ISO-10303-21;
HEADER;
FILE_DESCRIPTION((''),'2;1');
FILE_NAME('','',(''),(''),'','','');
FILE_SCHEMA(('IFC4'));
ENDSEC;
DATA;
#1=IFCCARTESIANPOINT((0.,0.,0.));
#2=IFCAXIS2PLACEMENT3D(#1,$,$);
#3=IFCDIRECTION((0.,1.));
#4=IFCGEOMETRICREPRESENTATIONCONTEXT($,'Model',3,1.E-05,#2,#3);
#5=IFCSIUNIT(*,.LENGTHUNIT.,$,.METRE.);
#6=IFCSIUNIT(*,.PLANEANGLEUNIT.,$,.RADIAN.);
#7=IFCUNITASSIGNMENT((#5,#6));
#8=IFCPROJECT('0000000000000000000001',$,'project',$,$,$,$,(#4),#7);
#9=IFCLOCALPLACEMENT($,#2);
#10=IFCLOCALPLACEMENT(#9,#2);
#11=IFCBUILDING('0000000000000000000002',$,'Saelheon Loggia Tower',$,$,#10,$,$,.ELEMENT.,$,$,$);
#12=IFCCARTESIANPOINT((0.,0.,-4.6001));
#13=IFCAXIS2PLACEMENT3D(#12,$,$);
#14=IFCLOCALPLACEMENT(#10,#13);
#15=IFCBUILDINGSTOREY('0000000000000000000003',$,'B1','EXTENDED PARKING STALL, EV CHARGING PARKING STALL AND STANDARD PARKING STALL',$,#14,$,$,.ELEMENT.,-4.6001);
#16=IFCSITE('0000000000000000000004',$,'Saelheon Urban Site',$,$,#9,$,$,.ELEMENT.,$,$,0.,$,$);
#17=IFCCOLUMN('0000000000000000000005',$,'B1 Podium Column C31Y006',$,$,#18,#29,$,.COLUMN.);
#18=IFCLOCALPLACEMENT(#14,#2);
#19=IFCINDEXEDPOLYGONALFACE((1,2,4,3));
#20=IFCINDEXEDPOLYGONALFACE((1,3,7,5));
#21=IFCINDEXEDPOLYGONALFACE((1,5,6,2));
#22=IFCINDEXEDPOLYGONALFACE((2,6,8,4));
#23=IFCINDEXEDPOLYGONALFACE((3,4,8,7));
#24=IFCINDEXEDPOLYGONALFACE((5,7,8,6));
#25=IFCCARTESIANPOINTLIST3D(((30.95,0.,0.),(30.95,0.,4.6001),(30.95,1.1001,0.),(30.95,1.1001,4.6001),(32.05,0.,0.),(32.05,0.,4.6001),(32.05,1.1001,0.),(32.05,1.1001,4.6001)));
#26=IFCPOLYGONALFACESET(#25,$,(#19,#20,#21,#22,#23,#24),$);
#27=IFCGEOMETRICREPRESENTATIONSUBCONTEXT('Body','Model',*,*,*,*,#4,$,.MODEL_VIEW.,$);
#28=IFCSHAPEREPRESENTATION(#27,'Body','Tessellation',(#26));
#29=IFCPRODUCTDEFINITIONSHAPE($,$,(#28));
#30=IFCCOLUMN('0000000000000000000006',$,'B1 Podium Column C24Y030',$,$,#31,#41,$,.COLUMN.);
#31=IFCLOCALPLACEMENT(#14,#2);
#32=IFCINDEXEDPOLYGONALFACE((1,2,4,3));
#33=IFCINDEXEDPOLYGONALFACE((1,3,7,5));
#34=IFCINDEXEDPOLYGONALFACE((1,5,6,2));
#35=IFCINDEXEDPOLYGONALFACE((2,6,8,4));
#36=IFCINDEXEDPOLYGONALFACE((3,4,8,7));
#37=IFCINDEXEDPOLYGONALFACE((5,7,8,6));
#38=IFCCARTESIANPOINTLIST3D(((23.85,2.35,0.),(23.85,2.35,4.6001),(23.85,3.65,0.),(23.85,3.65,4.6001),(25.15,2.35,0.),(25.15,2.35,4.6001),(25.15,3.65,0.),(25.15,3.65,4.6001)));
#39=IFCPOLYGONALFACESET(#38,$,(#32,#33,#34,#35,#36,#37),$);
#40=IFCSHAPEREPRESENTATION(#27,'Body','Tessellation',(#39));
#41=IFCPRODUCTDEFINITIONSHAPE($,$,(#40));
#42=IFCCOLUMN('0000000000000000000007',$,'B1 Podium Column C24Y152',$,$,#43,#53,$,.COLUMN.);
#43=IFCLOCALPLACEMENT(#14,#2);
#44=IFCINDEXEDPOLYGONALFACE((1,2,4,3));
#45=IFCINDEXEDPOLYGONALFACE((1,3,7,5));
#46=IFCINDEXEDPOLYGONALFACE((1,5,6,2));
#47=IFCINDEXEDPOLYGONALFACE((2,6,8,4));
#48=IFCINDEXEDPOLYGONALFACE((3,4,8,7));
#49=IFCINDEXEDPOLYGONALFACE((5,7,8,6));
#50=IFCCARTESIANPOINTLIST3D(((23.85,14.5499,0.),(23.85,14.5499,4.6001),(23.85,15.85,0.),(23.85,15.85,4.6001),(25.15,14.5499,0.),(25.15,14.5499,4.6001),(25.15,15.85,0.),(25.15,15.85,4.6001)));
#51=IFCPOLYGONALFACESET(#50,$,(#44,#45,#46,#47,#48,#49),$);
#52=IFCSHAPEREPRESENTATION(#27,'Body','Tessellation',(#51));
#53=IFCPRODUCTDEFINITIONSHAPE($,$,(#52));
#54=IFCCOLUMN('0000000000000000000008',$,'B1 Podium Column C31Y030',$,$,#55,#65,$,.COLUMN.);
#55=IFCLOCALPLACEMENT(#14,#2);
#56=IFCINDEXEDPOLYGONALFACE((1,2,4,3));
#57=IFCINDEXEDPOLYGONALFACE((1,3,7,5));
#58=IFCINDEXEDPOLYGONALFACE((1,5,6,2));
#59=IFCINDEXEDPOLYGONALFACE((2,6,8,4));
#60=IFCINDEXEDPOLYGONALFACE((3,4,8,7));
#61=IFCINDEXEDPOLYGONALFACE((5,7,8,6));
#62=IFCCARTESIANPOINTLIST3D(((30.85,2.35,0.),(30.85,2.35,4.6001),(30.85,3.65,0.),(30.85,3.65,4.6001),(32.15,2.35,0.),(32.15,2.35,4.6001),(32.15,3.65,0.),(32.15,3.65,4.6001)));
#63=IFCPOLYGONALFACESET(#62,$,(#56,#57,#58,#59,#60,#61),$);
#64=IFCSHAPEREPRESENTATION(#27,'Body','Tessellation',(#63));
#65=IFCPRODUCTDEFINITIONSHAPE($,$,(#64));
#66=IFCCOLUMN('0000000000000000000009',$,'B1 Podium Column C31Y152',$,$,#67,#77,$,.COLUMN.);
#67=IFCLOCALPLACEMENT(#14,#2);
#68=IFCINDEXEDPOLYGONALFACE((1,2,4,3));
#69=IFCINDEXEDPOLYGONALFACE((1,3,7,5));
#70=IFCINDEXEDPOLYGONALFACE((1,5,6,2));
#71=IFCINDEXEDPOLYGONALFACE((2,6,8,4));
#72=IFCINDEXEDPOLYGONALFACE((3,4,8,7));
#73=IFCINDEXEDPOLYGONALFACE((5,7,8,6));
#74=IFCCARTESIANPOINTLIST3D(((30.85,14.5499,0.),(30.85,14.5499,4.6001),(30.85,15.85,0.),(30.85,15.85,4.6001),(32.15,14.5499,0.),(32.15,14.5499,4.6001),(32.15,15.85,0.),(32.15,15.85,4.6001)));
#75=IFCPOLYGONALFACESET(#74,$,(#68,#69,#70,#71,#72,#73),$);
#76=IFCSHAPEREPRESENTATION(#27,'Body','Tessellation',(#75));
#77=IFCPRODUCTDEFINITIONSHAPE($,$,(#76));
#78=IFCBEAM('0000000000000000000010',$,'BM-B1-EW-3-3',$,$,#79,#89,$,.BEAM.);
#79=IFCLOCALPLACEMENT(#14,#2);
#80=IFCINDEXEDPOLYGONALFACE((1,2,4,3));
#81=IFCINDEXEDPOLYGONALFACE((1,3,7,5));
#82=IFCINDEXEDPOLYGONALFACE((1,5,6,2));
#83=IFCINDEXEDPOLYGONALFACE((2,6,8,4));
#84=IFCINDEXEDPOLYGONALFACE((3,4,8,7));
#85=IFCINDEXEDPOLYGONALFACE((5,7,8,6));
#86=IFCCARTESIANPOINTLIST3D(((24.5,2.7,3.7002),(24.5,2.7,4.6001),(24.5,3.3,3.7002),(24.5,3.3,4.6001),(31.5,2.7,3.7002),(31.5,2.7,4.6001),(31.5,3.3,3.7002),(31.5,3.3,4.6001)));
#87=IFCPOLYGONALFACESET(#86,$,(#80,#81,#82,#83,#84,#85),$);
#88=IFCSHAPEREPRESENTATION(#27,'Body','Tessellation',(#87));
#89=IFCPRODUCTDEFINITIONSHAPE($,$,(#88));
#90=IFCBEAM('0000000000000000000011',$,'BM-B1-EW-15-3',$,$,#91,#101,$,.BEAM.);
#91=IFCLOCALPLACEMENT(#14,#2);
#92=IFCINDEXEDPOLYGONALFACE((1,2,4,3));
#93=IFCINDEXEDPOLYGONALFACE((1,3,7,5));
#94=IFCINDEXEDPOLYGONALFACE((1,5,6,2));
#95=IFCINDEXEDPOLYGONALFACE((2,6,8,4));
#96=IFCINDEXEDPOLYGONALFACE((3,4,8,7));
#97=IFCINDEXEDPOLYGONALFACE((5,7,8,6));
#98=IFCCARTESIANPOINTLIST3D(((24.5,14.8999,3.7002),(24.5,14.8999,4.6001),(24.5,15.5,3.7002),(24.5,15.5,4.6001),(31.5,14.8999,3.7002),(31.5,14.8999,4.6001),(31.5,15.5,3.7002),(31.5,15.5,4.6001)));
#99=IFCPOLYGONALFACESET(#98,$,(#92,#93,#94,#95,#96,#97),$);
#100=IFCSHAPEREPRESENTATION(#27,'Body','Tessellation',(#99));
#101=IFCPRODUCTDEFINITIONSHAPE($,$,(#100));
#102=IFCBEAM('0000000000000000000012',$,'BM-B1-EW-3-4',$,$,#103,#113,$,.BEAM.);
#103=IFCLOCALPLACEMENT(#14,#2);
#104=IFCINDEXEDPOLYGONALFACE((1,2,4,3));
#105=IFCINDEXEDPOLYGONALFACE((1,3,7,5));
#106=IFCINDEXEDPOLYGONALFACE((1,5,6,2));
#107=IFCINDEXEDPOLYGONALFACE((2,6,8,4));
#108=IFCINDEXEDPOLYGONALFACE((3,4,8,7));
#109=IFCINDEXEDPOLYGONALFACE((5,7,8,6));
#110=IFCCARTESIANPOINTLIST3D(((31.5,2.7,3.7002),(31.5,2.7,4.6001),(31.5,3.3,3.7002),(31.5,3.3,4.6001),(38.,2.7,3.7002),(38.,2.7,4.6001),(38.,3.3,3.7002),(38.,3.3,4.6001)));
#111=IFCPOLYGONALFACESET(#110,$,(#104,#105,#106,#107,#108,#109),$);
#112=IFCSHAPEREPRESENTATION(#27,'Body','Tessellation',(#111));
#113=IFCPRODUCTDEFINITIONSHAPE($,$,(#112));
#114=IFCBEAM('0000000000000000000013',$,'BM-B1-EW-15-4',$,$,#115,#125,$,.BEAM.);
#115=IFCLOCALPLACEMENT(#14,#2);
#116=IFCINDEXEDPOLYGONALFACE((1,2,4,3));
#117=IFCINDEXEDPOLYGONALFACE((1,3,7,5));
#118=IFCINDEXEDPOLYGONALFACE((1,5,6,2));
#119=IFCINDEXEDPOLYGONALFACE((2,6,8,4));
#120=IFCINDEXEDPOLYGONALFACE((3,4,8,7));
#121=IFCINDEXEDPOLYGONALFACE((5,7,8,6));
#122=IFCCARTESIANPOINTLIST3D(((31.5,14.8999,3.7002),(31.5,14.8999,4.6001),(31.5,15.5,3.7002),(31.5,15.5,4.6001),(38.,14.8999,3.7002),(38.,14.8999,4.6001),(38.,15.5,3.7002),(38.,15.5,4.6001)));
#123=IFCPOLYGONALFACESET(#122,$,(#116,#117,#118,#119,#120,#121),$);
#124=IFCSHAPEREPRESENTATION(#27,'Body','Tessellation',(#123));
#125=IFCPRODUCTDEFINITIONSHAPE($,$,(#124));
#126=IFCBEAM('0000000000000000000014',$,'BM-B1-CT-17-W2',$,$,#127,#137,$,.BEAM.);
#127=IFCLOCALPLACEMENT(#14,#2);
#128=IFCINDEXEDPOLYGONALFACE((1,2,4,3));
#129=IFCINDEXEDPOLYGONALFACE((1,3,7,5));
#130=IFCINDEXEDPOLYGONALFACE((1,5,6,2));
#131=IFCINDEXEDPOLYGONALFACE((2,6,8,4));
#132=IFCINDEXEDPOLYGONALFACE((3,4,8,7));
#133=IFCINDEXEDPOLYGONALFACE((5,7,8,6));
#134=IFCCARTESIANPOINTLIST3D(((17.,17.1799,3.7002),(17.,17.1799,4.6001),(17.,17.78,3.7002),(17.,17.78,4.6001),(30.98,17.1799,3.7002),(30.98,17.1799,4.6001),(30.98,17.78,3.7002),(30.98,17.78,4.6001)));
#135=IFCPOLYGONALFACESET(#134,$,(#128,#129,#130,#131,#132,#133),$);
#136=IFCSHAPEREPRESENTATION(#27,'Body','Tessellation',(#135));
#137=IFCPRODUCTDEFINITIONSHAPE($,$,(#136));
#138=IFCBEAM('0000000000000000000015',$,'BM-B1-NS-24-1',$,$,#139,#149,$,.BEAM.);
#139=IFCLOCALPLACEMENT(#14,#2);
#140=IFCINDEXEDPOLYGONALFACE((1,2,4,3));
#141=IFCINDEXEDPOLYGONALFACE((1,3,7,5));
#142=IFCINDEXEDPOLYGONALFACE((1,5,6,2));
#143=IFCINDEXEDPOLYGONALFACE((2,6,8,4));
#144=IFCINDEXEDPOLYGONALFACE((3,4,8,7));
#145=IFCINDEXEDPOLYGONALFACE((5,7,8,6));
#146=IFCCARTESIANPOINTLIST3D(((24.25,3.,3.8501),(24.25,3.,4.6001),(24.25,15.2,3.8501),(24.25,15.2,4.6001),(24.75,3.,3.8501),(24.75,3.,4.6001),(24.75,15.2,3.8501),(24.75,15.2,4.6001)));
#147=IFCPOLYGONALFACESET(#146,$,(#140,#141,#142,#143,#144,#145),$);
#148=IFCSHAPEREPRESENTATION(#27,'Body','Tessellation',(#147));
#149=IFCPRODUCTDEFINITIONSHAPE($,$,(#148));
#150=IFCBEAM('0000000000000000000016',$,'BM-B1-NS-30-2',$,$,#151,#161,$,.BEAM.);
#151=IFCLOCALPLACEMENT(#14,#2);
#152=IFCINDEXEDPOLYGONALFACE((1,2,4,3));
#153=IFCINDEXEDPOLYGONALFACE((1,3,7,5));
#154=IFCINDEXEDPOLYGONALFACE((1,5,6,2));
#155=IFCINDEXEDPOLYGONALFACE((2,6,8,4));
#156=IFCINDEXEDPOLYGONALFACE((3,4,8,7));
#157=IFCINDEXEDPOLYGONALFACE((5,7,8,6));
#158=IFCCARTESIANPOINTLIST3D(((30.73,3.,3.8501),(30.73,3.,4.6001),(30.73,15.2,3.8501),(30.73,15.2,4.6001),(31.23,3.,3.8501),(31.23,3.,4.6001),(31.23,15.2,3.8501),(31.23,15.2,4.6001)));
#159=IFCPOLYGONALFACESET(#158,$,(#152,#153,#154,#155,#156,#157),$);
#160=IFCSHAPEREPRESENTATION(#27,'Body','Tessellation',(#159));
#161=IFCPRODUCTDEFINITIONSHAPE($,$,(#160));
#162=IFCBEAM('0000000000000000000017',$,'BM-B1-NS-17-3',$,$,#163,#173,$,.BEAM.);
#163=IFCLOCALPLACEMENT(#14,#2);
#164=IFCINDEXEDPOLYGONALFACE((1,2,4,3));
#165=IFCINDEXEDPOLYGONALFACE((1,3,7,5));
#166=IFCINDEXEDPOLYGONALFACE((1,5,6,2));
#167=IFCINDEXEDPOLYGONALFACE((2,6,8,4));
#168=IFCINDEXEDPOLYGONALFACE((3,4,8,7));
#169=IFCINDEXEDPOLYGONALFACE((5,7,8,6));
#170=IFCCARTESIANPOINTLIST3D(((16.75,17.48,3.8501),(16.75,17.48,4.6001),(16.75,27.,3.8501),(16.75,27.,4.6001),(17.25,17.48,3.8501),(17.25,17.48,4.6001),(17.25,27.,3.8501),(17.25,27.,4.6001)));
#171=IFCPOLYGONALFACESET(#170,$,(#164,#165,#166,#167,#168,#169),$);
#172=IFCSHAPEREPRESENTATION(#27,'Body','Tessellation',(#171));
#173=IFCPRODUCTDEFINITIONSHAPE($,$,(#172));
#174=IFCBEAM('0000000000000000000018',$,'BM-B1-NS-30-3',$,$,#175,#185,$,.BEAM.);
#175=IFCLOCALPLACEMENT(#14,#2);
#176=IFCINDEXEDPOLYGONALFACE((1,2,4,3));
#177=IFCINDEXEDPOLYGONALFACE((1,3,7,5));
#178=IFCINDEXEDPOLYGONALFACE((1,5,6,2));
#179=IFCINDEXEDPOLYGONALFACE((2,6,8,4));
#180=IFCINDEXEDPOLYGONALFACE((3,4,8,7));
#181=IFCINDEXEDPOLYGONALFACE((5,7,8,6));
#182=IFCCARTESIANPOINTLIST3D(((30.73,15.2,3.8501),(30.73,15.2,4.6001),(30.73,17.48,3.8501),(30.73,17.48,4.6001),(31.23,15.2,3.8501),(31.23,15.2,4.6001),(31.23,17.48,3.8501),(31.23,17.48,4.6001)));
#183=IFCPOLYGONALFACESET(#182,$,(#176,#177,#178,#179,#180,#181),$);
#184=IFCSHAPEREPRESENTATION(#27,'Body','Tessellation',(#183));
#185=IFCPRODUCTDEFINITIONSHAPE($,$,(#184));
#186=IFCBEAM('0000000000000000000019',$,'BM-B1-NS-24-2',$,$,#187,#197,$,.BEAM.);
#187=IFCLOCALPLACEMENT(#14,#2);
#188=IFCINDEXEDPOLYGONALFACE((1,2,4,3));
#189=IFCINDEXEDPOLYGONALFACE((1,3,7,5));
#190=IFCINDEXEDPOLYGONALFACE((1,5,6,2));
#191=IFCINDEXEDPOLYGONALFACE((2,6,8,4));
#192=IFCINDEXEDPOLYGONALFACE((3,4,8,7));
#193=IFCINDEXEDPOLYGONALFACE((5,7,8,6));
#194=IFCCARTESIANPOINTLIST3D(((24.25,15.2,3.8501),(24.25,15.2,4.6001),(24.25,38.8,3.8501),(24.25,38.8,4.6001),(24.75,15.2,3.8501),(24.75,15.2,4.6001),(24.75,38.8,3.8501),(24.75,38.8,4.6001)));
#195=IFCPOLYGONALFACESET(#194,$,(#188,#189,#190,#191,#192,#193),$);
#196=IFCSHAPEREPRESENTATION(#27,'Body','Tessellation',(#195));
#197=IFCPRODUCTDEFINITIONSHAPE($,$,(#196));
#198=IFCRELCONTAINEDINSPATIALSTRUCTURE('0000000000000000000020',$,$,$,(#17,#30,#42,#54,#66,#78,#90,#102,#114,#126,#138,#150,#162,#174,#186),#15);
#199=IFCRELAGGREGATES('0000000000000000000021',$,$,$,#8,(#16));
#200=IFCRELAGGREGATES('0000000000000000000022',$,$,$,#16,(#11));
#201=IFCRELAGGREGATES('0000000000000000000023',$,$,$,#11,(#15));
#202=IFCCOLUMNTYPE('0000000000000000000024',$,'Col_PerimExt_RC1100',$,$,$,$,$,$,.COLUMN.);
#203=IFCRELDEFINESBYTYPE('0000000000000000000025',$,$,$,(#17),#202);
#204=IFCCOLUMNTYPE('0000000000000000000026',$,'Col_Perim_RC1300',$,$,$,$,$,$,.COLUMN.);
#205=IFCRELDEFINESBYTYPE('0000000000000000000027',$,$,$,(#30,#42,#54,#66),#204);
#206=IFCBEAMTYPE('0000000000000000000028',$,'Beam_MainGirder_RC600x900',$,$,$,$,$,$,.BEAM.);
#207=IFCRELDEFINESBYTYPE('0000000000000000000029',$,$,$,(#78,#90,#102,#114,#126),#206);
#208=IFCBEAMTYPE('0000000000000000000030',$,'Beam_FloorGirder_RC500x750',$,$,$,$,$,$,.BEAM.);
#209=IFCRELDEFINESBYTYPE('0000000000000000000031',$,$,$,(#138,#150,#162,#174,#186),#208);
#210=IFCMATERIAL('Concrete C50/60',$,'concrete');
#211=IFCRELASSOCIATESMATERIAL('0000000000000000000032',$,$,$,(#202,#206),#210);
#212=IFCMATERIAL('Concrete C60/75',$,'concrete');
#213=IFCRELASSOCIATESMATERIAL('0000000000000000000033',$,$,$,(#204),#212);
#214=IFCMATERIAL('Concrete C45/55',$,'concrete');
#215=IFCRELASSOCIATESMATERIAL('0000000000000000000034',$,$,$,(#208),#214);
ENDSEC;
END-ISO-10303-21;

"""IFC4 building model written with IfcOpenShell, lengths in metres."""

from ifc_helpers import new_model, si_unit, direction, frame, origin, origin_2d, place, context, subcontext, project, spatial, rectangle, extrude, source, transform, mapped, material, material_profile, profile_set, type_object, element, save


model = new_model("IFC4")

# Units and contexts
model_context = context("Model", 3, precision=1e-05, world=origin(), true_north=direction((0.0, 1.0)))
body_context = subcontext(model_context, "Body", "Model", "MODEL_VIEW")
ifc_project = project(units=[si_unit("LENGTHUNIT", "METRE"), si_unit("PLANEANGLEUNIT", "RADIAN")], contexts=[model_context])

# Site, building, storey
site_placement = place(None, origin())
site = spatial("IfcSite", under=ifc_project, at=site_placement, Name="Saelheon Urban Site", CompositionType="ELEMENT", RefElevation=0.0)
building_placement = place(site_placement, origin())
building = spatial("IfcBuilding", under=site, at=building_placement, Name="Saelheon Loggia Tower", CompositionType="ELEMENT")
storey_placement = place(building_placement, frame((0.0, 0.0, -4.6001)))
storey = spatial("IfcBuildingStorey", under=building, at=storey_placement, Name="B1", Description="EXTENDED PARKING STALL, EV CHARGING PARKING STALL AND STANDARD PARKING STALL", CompositionType="ELEMENT", Elevation=-4.6001)

# Columns
ifc_material_1 = material(Name="Concrete C50/60", Category="concrete")
ifc_material_profile_1 = material_profile(ifc_material_1, rectangle(XDim=1.1001, YDim=1.1001, at=origin_2d()), Name="RC-1100x1100")
ifc_profile_set_1 = profile_set([ifc_material_profile_1], Name="Concrete C50/60")
column_type_1 = type_object("IfcColumnType", Name="Col_PerimExt_RC1100", PredefinedType="COLUMN", material=ifc_profile_set_1)
shared_shape_1 = source(origin(), body_context, "Body", "SweptSolid", [
    extrude(rectangle(XDim=1.1001, YDim=1.1001, at=origin_2d()), origin(), (0.0, 0.0, 1.0), 4.6001),
])
column_placement = place(storey_placement, frame((31.5, 0.55, 0.0), z_axis=(0.0, 0.0, 1.0), x_axis=(1.0, 0.0, 0.0)))
element("IfcColumn", 1, at=column_placement, inside=storey, type_object=column_type_1, Name="B1 Podium Column C31Y006", PredefinedType="COLUMN", context=body_context, shape_type="MappedRepresentation", body=[
    mapped(shared_shape_1, transform((0.0, 0.0, 0.0), scale=1.0)),
])
ifc_material_2 = material(Name="Concrete C60/75", Category="concrete")
ifc_material_profile_2 = material_profile(ifc_material_2, rectangle(XDim=1.3, YDim=1.3, at=origin_2d()), Name="RC-1300x1300")
ifc_profile_set_2 = profile_set([ifc_material_profile_2], Name="Concrete C60/75")
column_type_2 = type_object("IfcColumnType", Name="Col_Perim_RC1300", PredefinedType="COLUMN", material=ifc_profile_set_2)
shared_shape_2 = source(origin(), body_context, "Body", "SweptSolid", [
    extrude(rectangle(XDim=1.3, YDim=1.3, at=origin_2d()), origin(), (0.0, 0.0, 1.0), 4.6001),
])
for number, where, z_axis, x_axis, name in (
    (2, (24.5, 3.0, 0.0), (0.0, 0.0, 1.0), (1.0, 0.0, 0.0), "B1 Podium Column C24Y030"),
    (3, (24.5, 15.2, 0.0), (0.0, 0.0, 1.0), (1.0, 0.0, 0.0), "B1 Podium Column C24Y152"),
    (4, (31.5, 3.0, 0.0), (0.0, 0.0, 1.0), (1.0, 0.0, 0.0), "B1 Podium Column C31Y030"),
    (5, (31.5, 15.2, 0.0), (0.0, 0.0, 1.0), (1.0, 0.0, 0.0), "B1 Podium Column C31Y152"),
):
    element("IfcColumn", number, at=place(storey_placement, frame(where, z_axis=z_axis, x_axis=x_axis)), inside=storey, type_object=column_type_2, Name=name, PredefinedType="COLUMN", context=body_context, shape_type="MappedRepresentation", body=[
        mapped(shared_shape_2, transform((0.0, 0.0, 0.0), scale=1.0)),
    ])

# Beams
ifc_material_profile_3 = material_profile(ifc_material_1, rectangle(XDim=0.6001, YDim=0.8999, at=origin_2d()), Name="RC-600x900")
ifc_profile_set_3 = profile_set([ifc_material_profile_3], Name="Concrete C50/60")
beam_type_1 = type_object("IfcBeamType", Name="Beam_MainGirder_RC600x900", PredefinedType="BEAM", material=ifc_profile_set_3)
shared_shape_3 = source(origin(), body_context, "Body", "SweptSolid", [
    extrude(rectangle(XDim=0.6001, YDim=0.8999, at=origin_2d()), origin(), (0.0, 0.0, 1.0), 7.0),
])
for number, where, z_axis, x_axis, name in (
    (6, (24.5, 3.0, 4.1501), (1.0, 0.0, 0.0), (0.0, 1.0, 0.0), "BM-B1-EW-3-3"),
    (7, (24.5, 15.2, 4.1501), (1.0, 0.0, 0.0), (0.0, 1.0, 0.0), "BM-B1-EW-15-3"),
):
    element("IfcBeam", number, at=place(storey_placement, frame(where, z_axis=z_axis, x_axis=x_axis)), inside=storey, type_object=beam_type_1, Name=name, PredefinedType="BEAM", context=body_context, shape_type="MappedRepresentation", body=[
        mapped(shared_shape_3, transform((0.0, 0.0, 0.0), scale=1.0)),
    ])
shared_shape_4 = source(origin(), body_context, "Body", "SweptSolid", [
    extrude(rectangle(XDim=0.6001, YDim=0.8999, at=origin_2d()), origin(), (0.0, 0.0, 1.0), 6.5),
])
for number, where, z_axis, x_axis, name in (
    (8, (31.5, 3.0, 4.1501), (1.0, 0.0, 0.0), (0.0, 1.0, 0.0), "BM-B1-EW-3-4"),
    (9, (31.5, 15.2, 4.1501), (1.0, 0.0, 0.0), (0.0, 1.0, 0.0), "BM-B1-EW-15-4"),
):
    element("IfcBeam", number, at=place(storey_placement, frame(where, z_axis=z_axis, x_axis=x_axis)), inside=storey, type_object=beam_type_1, Name=name, PredefinedType="BEAM", context=body_context, shape_type="MappedRepresentation", body=[
        mapped(shared_shape_4, transform((0.0, 0.0, 0.0), scale=1.0)),
    ])
shared_shape_5 = source(origin(), body_context, "Body", "SweptSolid", [
    extrude(rectangle(XDim=0.6001, YDim=0.8999, at=origin_2d()), origin(), (0.0, 0.0, 1.0), 13.98),
])
beam_1_placement = place(storey_placement, frame((17.0, 17.48, 4.1501), z_axis=(1.0, 0.0, 0.0), x_axis=(0.0, 1.0, 0.0)))
element("IfcBeam", 10, at=beam_1_placement, inside=storey, type_object=beam_type_1, Name="BM-B1-CT-17-W2", PredefinedType="BEAM", context=body_context, shape_type="MappedRepresentation", body=[
    mapped(shared_shape_5, transform((0.0, 0.0, 0.0), scale=1.0)),
])
ifc_material_3 = material(Name="Concrete C45/55", Category="concrete")
ifc_material_profile_4 = material_profile(ifc_material_3, rectangle(XDim=0.5, YDim=0.75, at=origin_2d()), Name="RC-500x750")
ifc_profile_set_4 = profile_set([ifc_material_profile_4], Name="Concrete C45/55")
beam_type_2 = type_object("IfcBeamType", Name="Beam_FloorGirder_RC500x750", PredefinedType="BEAM", material=ifc_profile_set_4)
shared_shape_6 = source(origin(), body_context, "Body", "SweptSolid", [
    extrude(rectangle(XDim=0.5, YDim=0.75, at=origin_2d()), origin(), (0.0, 0.0, 1.0), 12.2),
])
for number, where, z_axis, x_axis, name in (
    (11, (24.5, 3.0, 4.2251), (0.0, 1.0, 0.0), (-1.0, 0.0, 0.0), "BM-B1-NS-24-1"),
    (12, (30.98, 3.0, 4.2251), (0.0, 1.0, 0.0), (-1.0, 0.0, 0.0), "BM-B1-NS-30-2"),
):
    element("IfcBeam", number, at=place(storey_placement, frame(where, z_axis=z_axis, x_axis=x_axis)), inside=storey, type_object=beam_type_2, Name=name, PredefinedType="BEAM", context=body_context, shape_type="MappedRepresentation", body=[
        mapped(shared_shape_6, transform((0.0, 0.0, 0.0), scale=1.0)),
    ])
shared_shape_7 = source(origin(), body_context, "Body", "SweptSolid", [
    extrude(rectangle(XDim=0.5, YDim=0.75, at=origin_2d()), origin(), (0.0, 0.0, 1.0), 9.52),
])
beam_2_placement = place(storey_placement, frame((17.0, 17.48, 4.2251), z_axis=(0.0, 1.0, 0.0), x_axis=(-1.0, 0.0, 0.0)))
element("IfcBeam", 13, at=beam_2_placement, inside=storey, type_object=beam_type_2, Name="BM-B1-NS-17-3", PredefinedType="BEAM", context=body_context, shape_type="MappedRepresentation", body=[
    mapped(shared_shape_7, transform((0.0, 0.0, 0.0), scale=1.0)),
])
shared_shape_8 = source(origin(), body_context, "Body", "SweptSolid", [
    extrude(rectangle(XDim=0.5, YDim=0.75, at=origin_2d()), origin(), (0.0, 0.0, 1.0), 2.28),
])
beam_3_placement = place(storey_placement, frame((30.98, 15.2, 4.2251), z_axis=(0.0, 1.0, 0.0), x_axis=(-1.0, 0.0, 0.0)))
element("IfcBeam", 14, at=beam_3_placement, inside=storey, type_object=beam_type_2, Name="BM-B1-NS-30-3", PredefinedType="BEAM", context=body_context, shape_type="MappedRepresentation", body=[
    mapped(shared_shape_8, transform((0.0, 0.0, 0.0), scale=1.0)),
])
shared_shape_9 = source(origin(), body_context, "Body", "SweptSolid", [
    extrude(rectangle(XDim=0.5, YDim=0.75, at=origin_2d()), origin(), (0.0, 0.0, 1.0), 23.6001),
])
beam_4_placement = place(storey_placement, frame((24.5, 15.2, 4.2251), z_axis=(0.0, 1.0, 0.0), x_axis=(-1.0, 0.0, 0.0)))
element("IfcBeam", 15, at=beam_4_placement, inside=storey, type_object=beam_type_2, Name="BM-B1-NS-24-2", PredefinedType="BEAM", context=body_context, shape_type="MappedRepresentation", body=[
    mapped(shared_shape_9, transform((0.0, 0.0, 0.0), scale=1.0)),
])

save(model, "model.ifc")
